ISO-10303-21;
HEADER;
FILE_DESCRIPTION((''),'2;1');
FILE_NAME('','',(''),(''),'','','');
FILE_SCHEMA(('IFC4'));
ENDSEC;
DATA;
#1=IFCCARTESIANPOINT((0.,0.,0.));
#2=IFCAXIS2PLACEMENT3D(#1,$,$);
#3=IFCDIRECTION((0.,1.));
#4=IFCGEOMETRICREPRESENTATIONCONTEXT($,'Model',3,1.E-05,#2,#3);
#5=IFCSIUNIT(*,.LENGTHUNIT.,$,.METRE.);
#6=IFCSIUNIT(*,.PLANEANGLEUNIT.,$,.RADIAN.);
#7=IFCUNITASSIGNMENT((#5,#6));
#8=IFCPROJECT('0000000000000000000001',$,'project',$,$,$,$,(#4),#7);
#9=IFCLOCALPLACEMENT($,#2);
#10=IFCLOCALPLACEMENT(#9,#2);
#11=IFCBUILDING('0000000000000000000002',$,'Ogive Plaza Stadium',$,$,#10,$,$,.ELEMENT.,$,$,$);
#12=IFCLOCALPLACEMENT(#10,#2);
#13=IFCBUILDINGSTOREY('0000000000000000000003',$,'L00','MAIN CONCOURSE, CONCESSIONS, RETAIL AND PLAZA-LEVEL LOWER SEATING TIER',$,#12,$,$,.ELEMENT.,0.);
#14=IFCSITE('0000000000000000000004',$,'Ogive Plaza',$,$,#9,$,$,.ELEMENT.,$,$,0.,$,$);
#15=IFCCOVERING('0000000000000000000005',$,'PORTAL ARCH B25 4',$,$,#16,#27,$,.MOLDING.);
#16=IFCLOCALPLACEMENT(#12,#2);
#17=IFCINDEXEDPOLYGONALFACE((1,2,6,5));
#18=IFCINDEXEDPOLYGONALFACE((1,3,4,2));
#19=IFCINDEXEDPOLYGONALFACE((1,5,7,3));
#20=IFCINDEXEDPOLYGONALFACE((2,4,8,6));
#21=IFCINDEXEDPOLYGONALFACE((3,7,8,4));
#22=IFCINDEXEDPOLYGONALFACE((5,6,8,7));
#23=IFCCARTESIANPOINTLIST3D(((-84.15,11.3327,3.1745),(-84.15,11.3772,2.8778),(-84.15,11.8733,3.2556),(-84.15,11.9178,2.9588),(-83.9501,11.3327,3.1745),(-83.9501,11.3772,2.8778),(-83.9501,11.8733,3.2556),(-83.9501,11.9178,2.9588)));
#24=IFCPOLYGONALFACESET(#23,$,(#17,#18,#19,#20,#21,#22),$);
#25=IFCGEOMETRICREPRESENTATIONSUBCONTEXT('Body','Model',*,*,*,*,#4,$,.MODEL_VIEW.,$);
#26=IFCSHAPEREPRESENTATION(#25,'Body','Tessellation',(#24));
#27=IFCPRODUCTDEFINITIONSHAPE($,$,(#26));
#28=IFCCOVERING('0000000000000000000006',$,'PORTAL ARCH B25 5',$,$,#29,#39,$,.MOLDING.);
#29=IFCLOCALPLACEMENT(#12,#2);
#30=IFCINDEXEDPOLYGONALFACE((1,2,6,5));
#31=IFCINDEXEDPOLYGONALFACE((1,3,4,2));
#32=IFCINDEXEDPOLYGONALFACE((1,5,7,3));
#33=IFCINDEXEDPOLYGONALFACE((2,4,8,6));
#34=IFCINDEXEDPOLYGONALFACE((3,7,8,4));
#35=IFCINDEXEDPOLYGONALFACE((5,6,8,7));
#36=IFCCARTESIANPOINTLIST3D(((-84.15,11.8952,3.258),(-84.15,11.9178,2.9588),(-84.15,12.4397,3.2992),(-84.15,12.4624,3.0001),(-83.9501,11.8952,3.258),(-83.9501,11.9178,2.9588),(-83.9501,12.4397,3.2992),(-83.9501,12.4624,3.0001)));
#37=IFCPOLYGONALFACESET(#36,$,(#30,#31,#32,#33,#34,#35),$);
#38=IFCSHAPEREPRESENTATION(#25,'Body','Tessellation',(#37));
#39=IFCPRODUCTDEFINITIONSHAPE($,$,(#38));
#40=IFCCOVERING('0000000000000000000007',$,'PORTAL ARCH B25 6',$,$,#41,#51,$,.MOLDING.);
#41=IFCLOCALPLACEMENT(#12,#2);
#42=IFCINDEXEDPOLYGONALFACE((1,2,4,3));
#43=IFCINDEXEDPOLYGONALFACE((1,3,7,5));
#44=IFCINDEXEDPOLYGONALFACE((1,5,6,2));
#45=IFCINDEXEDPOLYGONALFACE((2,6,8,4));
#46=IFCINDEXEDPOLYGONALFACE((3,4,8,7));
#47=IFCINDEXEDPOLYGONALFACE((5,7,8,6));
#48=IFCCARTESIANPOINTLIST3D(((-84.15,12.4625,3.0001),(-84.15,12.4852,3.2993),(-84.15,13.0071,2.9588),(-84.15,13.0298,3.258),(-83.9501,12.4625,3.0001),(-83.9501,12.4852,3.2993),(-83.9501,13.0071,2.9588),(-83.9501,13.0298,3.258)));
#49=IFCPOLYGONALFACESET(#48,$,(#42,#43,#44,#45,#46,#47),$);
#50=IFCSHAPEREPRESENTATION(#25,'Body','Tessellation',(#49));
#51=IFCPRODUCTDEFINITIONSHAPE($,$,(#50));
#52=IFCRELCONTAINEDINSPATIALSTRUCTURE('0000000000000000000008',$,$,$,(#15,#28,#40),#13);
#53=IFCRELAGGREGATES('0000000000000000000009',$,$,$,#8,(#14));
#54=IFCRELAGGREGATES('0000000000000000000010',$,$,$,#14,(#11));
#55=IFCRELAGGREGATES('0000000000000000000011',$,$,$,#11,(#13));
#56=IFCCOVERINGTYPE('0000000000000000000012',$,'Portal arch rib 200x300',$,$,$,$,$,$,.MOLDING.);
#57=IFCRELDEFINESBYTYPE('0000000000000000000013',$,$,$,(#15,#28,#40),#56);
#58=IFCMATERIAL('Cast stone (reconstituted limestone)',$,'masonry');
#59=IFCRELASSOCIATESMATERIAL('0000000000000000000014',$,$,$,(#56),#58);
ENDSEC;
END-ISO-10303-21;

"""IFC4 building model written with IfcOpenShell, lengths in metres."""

from ifc_helpers import new_model, si_unit, direction, frame, origin, origin_2d, place, context, subcontext, project, spatial, rectangle, extrude, material, material_profile, profile_set, type_object, element, save


model = new_model("IFC4")

# Units and contexts
model_context = context("Model", 3, precision=1e-05, world=origin(), true_north=direction((0.0, 1.0)))
body_context = subcontext(model_context, "Body", "Model", "MODEL_VIEW")
ifc_project = project(units=[si_unit("LENGTHUNIT", "METRE"), si_unit("PLANEANGLEUNIT", "RADIAN")], contexts=[model_context])

# Site, building, storey
site_placement = place(None, origin())
site = spatial("IfcSite", under=ifc_project, at=site_placement, Name="Ogive Plaza", CompositionType="ELEMENT", RefElevation=0.0)
building_placement = place(site_placement, origin())
building = spatial("IfcBuilding", under=site, at=building_placement, Name="Ogive Plaza Stadium", CompositionType="ELEMENT")
storey_placement = place(building_placement, origin())
storey = spatial("IfcBuildingStorey", under=building, at=storey_placement, Name="L00", Description="MAIN CONCOURSE, CONCESSIONS, RETAIL AND PLAZA-LEVEL LOWER SEATING TIER", CompositionType="ELEMENT", Elevation=0.0)

# Coverings
ifc_material_1 = material(Name="Cast stone (reconstituted limestone)", Category="masonry")
ifc_material_profile_1 = material_profile(ifc_material_1, rectangle(XDim=0.2, YDim=0.3, at=origin_2d()), Name="Cast stone 200x300")
ifc_profile_set_1 = profile_set([ifc_material_profile_1], Name="Cast stone (reconstituted limestone)")
covering_type = type_object("IfcCoveringType", Name="Portal arch rib 200x300", PredefinedType="MOLDING", material=ifc_profile_set_1)
covering_1_placement = place(storey_placement, frame((-84.05, 11.355, 3.0261), z_axis=(0.0, 0.988943, 0.148297), x_axis=(-1.0, 0.0, 0.0)))
element("IfcCovering", 1, at=covering_1_placement, inside=storey, type_object=covering_type, Name="PORTAL ARCH B25 4", PredefinedType="MOLDING", context=body_context, shape_type="SweptSolid", body=[
    extrude(rectangle(XDim=0.2, YDim=0.3, at=origin_2d()), origin(), (0.0, 0.0, 1.0), 0.5466),
])
for number, where, z_axis, x_axis, name in (
    (2, (-84.05, 11.9065, 3.1084), (0.0, 0.997143, 0.075534), (-1.0, 0.0, 0.0), "PORTAL ARCH B25 5"),
    (3, (-84.05, 12.4739, 3.1497), (0.0, 0.997143, -0.075534), (-1.0, 0.0, 0.0), "PORTAL ARCH B25 6"),
):
    element("IfcCovering", number, at=place(storey_placement, frame(where, z_axis=z_axis, x_axis=x_axis)), inside=storey, type_object=covering_type, Name=name, PredefinedType="MOLDING", context=body_context, shape_type="SweptSolid", body=[
        extrude(rectangle(XDim=0.2, YDim=0.3, at=origin_2d()), origin(), (0.0, 0.0, 1.0), 0.5461),
    ])

save(model, "model.ifc")
